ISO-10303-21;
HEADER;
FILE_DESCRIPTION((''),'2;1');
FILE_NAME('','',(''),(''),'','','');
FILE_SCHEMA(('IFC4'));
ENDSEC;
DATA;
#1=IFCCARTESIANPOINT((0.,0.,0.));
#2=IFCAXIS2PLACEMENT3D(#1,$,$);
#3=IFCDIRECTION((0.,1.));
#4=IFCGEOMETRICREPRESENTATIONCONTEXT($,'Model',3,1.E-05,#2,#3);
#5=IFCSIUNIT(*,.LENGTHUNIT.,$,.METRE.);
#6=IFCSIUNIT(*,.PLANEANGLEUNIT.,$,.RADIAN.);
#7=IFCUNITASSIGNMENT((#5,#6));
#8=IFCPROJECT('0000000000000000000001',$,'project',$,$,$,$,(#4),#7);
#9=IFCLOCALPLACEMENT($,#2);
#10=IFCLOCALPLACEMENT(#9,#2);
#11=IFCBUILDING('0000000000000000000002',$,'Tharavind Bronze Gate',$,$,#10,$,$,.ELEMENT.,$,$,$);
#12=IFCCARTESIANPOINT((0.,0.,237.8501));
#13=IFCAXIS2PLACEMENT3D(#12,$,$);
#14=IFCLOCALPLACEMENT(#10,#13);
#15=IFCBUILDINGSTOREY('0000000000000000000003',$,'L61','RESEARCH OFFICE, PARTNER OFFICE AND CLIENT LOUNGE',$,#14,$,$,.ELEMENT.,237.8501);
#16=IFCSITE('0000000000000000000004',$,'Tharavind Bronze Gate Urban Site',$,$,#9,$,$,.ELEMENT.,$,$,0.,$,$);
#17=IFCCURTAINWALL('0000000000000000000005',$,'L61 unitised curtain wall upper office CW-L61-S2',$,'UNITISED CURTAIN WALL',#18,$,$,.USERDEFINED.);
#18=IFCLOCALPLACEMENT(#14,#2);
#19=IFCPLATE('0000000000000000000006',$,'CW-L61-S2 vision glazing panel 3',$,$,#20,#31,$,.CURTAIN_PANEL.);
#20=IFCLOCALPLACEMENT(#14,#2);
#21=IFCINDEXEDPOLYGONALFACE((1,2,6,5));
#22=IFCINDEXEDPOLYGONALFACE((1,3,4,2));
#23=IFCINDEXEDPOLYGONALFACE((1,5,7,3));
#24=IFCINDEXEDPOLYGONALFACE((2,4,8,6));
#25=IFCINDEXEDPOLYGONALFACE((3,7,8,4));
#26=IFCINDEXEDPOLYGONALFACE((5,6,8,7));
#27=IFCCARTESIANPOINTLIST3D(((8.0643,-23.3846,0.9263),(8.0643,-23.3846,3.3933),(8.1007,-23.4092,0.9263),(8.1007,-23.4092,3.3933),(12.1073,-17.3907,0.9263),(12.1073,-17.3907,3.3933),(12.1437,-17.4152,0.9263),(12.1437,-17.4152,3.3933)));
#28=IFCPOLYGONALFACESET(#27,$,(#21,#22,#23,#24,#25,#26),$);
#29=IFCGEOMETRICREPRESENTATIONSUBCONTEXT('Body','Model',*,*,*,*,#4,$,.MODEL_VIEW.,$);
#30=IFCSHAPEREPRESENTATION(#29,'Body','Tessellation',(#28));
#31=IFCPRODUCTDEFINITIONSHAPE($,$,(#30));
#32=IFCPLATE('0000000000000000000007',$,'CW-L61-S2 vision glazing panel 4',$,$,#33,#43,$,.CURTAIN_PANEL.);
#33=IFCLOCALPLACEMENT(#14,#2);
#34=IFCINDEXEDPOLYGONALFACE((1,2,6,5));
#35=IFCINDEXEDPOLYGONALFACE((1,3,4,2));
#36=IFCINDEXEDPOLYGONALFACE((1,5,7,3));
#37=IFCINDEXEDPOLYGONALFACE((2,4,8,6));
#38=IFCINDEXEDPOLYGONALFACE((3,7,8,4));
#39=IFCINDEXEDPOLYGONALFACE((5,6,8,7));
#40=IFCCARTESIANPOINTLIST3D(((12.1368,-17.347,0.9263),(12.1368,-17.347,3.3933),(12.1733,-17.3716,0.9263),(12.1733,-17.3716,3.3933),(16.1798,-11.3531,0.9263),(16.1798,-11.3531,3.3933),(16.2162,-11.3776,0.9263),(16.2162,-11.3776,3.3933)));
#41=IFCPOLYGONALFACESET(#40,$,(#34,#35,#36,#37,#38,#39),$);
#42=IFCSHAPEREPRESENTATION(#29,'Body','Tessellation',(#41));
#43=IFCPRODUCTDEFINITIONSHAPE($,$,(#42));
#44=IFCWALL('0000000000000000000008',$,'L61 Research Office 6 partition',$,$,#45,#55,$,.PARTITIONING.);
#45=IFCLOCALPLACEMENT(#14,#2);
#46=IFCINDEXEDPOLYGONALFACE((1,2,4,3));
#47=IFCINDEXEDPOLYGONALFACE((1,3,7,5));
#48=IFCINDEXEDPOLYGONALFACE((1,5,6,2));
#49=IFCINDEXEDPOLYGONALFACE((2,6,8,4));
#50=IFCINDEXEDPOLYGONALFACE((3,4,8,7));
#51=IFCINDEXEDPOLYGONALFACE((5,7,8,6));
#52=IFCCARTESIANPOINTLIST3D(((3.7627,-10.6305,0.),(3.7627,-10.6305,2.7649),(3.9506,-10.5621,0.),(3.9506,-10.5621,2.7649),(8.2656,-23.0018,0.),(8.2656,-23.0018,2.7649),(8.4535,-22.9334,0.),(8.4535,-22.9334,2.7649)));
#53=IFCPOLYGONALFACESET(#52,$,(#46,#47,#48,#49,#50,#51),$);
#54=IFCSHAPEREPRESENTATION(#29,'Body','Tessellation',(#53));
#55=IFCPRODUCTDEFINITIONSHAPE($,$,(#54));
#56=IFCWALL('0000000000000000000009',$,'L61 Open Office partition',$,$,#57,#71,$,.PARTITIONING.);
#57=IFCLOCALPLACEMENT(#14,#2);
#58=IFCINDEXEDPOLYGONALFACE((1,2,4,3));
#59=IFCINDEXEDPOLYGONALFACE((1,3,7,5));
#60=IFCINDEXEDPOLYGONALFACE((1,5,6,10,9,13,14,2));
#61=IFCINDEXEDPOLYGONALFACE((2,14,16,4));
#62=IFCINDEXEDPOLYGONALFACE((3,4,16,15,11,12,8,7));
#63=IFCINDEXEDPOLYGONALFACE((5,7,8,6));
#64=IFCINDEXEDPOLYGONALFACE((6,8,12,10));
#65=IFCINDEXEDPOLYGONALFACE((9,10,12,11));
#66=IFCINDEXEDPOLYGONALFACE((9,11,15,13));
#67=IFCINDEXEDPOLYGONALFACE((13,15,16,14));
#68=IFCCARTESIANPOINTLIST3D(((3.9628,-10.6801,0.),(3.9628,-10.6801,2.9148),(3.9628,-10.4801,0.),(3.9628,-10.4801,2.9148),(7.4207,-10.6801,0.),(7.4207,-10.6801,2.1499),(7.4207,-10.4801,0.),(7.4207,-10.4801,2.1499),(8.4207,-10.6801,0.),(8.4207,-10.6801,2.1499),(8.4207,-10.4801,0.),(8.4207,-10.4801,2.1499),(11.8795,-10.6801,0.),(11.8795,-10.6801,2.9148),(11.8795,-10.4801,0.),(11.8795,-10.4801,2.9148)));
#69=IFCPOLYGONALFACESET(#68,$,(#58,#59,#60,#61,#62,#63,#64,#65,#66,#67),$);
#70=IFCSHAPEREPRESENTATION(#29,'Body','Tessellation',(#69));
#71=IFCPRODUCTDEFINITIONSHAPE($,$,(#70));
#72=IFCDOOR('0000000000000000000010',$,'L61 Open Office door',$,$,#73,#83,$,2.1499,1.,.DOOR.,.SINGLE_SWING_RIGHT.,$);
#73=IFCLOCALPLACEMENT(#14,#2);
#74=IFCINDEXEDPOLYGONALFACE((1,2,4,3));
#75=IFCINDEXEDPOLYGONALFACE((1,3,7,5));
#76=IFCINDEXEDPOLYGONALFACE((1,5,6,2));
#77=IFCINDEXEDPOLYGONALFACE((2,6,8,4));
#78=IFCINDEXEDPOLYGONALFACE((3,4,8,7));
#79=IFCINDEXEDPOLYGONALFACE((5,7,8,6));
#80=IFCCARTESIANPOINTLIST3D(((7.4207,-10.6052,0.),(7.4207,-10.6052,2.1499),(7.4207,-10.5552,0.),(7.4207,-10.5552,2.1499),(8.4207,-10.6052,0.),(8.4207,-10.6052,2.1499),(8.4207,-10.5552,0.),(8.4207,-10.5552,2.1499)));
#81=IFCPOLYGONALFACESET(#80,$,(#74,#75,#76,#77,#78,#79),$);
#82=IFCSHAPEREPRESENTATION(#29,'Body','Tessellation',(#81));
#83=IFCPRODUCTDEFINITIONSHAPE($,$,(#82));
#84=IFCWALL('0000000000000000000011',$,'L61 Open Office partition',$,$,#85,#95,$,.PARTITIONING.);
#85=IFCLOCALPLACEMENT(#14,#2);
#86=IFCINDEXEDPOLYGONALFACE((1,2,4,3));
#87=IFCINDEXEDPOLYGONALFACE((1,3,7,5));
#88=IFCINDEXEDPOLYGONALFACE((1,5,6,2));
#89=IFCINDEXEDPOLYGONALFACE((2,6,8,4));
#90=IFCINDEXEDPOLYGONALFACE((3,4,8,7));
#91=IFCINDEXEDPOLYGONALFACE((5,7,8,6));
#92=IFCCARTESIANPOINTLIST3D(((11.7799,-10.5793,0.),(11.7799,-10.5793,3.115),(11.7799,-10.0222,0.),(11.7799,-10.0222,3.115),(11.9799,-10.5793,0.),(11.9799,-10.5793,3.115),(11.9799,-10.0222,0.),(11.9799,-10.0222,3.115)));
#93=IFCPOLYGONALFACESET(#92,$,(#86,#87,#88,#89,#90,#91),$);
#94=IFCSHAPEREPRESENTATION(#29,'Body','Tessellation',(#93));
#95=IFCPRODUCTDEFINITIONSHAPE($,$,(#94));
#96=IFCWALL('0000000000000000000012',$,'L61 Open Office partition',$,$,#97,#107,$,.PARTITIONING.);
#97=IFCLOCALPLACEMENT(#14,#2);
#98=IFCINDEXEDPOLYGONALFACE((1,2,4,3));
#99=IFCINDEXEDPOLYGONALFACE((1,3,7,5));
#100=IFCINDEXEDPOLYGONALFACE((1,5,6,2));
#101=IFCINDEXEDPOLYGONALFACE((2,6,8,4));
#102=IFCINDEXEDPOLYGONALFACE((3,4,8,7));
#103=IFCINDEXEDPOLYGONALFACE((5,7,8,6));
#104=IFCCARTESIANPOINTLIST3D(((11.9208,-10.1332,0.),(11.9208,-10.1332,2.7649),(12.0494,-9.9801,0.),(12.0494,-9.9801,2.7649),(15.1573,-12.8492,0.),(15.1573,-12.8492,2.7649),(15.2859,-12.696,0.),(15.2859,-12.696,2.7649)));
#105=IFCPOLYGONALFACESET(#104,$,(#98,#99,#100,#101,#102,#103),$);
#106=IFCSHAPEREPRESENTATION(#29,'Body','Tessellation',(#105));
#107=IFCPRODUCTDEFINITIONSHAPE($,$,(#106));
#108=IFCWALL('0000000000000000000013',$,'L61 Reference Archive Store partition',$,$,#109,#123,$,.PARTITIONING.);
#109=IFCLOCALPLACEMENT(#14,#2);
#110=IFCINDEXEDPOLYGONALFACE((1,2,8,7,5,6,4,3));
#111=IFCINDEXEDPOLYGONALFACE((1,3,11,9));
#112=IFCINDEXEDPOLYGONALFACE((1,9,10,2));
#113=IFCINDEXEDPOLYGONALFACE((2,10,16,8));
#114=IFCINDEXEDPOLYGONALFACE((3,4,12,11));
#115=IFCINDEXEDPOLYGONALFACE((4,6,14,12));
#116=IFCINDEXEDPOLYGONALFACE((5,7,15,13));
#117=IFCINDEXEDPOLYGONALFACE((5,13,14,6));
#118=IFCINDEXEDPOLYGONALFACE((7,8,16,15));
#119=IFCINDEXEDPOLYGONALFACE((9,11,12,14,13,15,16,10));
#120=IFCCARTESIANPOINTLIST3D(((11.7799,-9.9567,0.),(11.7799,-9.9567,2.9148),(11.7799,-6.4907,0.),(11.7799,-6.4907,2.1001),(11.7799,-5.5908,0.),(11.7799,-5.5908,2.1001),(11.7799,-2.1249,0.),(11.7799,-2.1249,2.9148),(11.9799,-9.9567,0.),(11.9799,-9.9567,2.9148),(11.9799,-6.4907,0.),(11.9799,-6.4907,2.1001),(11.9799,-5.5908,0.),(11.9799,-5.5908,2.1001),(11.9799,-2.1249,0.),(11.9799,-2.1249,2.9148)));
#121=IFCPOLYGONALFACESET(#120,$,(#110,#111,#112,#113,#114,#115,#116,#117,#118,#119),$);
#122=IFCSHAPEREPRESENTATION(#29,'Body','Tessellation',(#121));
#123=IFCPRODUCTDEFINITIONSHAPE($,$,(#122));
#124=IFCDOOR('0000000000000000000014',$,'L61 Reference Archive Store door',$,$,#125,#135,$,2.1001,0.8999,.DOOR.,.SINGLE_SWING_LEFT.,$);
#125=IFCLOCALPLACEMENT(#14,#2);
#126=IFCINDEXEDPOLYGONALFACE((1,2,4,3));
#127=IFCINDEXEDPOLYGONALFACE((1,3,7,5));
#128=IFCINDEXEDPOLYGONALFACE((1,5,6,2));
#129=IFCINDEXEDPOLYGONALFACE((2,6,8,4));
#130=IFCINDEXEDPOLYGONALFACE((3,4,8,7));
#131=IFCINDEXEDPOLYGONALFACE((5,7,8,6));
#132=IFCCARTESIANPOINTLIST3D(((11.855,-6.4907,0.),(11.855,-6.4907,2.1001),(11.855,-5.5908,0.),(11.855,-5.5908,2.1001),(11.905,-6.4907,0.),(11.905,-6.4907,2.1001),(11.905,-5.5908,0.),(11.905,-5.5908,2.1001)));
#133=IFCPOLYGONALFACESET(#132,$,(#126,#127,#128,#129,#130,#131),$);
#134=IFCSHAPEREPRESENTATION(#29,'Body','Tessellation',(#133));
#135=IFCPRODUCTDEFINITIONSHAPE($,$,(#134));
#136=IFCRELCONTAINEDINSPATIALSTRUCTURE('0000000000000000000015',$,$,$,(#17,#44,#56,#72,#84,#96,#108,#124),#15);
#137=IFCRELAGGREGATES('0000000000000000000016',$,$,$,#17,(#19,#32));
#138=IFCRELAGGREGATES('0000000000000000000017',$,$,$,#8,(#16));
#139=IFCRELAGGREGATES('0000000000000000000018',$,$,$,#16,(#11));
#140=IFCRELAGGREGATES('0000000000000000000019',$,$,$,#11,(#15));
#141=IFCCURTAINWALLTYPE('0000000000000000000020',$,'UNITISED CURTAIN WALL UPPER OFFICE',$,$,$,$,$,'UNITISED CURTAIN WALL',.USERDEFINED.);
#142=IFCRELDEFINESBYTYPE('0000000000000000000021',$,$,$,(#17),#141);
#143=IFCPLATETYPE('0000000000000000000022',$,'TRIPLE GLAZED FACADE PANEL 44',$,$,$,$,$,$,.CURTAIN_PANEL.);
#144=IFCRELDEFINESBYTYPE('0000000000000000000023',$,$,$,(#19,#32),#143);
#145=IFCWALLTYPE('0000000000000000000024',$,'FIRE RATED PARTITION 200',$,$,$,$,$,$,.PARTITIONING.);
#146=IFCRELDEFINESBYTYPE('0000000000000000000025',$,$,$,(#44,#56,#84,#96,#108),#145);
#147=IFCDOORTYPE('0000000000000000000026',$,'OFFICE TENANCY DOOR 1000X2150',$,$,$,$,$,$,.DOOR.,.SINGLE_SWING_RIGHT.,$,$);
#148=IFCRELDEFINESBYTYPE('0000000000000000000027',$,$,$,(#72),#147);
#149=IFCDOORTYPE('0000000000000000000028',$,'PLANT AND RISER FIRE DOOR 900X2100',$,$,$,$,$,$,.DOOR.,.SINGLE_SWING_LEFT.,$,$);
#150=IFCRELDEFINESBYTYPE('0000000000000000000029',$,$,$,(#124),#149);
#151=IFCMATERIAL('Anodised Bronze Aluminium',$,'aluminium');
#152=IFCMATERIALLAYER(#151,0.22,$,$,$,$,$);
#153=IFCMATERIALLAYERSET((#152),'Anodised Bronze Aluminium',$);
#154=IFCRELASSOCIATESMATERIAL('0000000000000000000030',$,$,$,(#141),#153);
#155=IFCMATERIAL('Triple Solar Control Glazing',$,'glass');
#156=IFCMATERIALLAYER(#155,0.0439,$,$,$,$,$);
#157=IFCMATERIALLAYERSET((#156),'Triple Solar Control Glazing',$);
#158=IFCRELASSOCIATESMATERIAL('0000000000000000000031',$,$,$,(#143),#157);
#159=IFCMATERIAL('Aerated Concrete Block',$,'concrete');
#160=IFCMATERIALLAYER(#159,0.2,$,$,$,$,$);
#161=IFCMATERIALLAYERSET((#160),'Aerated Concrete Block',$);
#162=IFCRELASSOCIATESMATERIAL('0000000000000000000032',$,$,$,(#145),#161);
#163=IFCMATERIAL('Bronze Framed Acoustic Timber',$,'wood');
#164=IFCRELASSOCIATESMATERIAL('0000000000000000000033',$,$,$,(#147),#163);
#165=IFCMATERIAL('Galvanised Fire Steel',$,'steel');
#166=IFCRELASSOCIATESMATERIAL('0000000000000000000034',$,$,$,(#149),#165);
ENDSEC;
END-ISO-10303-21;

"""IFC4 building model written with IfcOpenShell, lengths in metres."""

from ifc_helpers import new_model, si_unit, direction, frame, frame_2d, origin, origin_2d, place, context, subcontext, project, spatial, rectangle, extrude, material, layer, layer_set, type_object, element, fill, aggregate, save


model = new_model("IFC4")

# Units and contexts
model_context = context("Model", 3, precision=1e-05, world=origin(), true_north=direction((0.0, 1.0)))
body_context = subcontext(model_context, "Body", "Model", "MODEL_VIEW")
ifc_project = project(units=[si_unit("LENGTHUNIT", "METRE"), si_unit("PLANEANGLEUNIT", "RADIAN")], contexts=[model_context])

# Site, building, storey
site_placement = place(None, origin())
site = spatial("IfcSite", under=ifc_project, at=site_placement, Name="Tharavind Bronze Gate Urban Site", CompositionType="ELEMENT", RefElevation=0.0)
building_placement = place(site_placement, origin())
building = spatial("IfcBuilding", under=site, at=building_placement, Name="Tharavind Bronze Gate", CompositionType="ELEMENT")
storey_placement = place(building_placement, frame((0.0, 0.0, 237.8501)))
storey = spatial("IfcBuildingStorey", under=building, at=storey_placement, Name="L61", Description="RESEARCH OFFICE, PARTNER OFFICE AND CLIENT LOUNGE", CompositionType="ELEMENT", Elevation=237.8501)

# Curtain wall
ifc_material_1 = material(Name="Anodised Bronze Aluminium", Category="aluminium")
ifc_layer_1 = layer(ifc_material_1, 0.22)
ifc_layer_set_1 = layer_set([ifc_layer_1], Name="Anodised Bronze Aluminium")
curtain_wall_type = type_object("IfcCurtainWallType", Name="UNITISED CURTAIN WALL UPPER OFFICE", ElementType="UNITISED CURTAIN WALL", PredefinedType="USERDEFINED", material=ifc_layer_set_1)
curtain_wall_placement = place(storey_placement, origin())
curtain_wall = element("IfcCurtainWall", 1, at=curtain_wall_placement, inside=storey, type_object=curtain_wall_type, Name="L61 unitised curtain wall upper office CW-L61-S2", ObjectType="UNITISED CURTAIN WALL", PredefinedType="USERDEFINED")

# Plates
ifc_material_2 = material(Name="Triple Solar Control Glazing", Category="glass")
ifc_layer_2 = layer(ifc_material_2, 0.0439)
ifc_layer_set_2 = layer_set([ifc_layer_2], Name="Triple Solar Control Glazing")
plate_type_1 = type_object("IfcPlateType", Name="TRIPLE GLAZED FACADE PANEL 44", PredefinedType="CURTAIN_PANEL", material=ifc_layer_set_2)
plate_1_placement = place(storey_placement, frame((10.104, -20.3999, 0.9263), z_axis=(0.0, 0.0, 1.0), x_axis=(0.559193, 0.829038, 0.0)))
plate_1 = element("IfcPlate", 2, at=plate_1_placement, type_object=plate_type_1, Name="CW-L61-S2 vision glazing panel 3", PredefinedType="CURTAIN_PANEL", context=body_context, shape_type="SweptSolid", body=[
    extrude(rectangle(XDim=7.23, YDim=0.0439, at=origin_2d()), origin(), (0.0, 0.0, 1.0), 2.467),
])
plate_2_placement = place(storey_placement, frame((14.1765, -14.3623, 0.9263), z_axis=(0.0, 0.0, 1.0), x_axis=(0.559193, 0.829038, 0.0)))
plate_2 = element("IfcPlate", 3, at=plate_2_placement, type_object=plate_type_1, Name="CW-L61-S2 vision glazing panel 4", PredefinedType="CURTAIN_PANEL", context=body_context, shape_type="SweptSolid", body=[
    extrude(rectangle(XDim=7.23, YDim=0.0439, at=origin_2d()), origin(), (0.0, 0.0, 1.0), 2.467),
])
aggregate(curtain_wall, [plate_1, plate_2])

# Wall
ifc_material_3 = material(Name="Aerated Concrete Block", Category="concrete")
ifc_layer_3 = layer(ifc_material_3, 0.2)
ifc_layer_set_3 = layer_set([ifc_layer_3], Name="Aerated Concrete Block")
wall_type = type_object("IfcWallType", Name="FIRE RATED PARTITION 200", PredefinedType="PARTITIONING", material=ifc_layer_set_3)
wall_1_placement = place(storey_placement, frame((3.8567, -10.5964, 0.0), z_axis=(0.0, 0.0, 1.0), x_axis=(0.342029, -0.939689, 0.0)))
element("IfcWall", 4, at=wall_1_placement, inside=storey, type_object=wall_type, Name="L61 Research Office 6 partition", PredefinedType="PARTITIONING", context=body_context, shape_type="SweptSolid", body=[
    extrude(rectangle(XDim=13.1653, YDim=0.2, at=frame_2d((6.5825, 0.0))), origin(), (0.0, 0.0, 1.0), 2.7649),
])

# Wall, opening, door
wall_2_placement = place(storey_placement, frame((3.9626, -10.5801, 0.0), z_axis=(0.0, 0.0, 1.0), x_axis=(1.0, 0.0, 0.0)))
wall_2 = element("IfcWall", 5, at=wall_2_placement, inside=storey, type_object=wall_type, Name="L61 Open Office partition", PredefinedType="PARTITIONING", context=body_context, shape_type="SweptSolid", body=[
    extrude(rectangle(XDim=7.9167, YDim=0.2, at=frame_2d((3.9585, 0.0))), origin(), (0.0, 0.0, 1.0), 2.9148),
])
opening_1_placement = place(wall_2_placement, frame((3.458, 0.0, 0.0)))
opening_1 = element("IfcOpeningElement", 6, at=opening_1_placement, cuts=wall_2, PredefinedType="OPENING", context=body_context, shape_type="SweptSolid", body=[
    extrude(rectangle(XDim=1.0, YDim=2.1499, at=frame_2d((0.5, 1.075))), frame((0.0, 0.1101, 0.0), z_axis=(0.0, -1.0, 0.0), x_axis=(1.0, 0.0, 0.0)), (0.0, 0.0, 1.0), 0.22),
])
ifc_material_4 = material(Name="Bronze Framed Acoustic Timber", Category="wood")
door_type_1 = type_object("IfcDoorType", Name="OFFICE TENANCY DOOR 1000X2150", OperationType="SINGLE_SWING_RIGHT", PredefinedType="DOOR", material=ifc_material_4)
door_1_placement = place(opening_1_placement, origin())
door_1 = element("IfcDoor", 7, at=door_1_placement, inside=storey, type_object=door_type_1, Name="L61 Open Office door", OperationType="SINGLE_SWING_RIGHT", OverallHeight=2.1499, OverallWidth=1.0, PredefinedType="DOOR", context=body_context, shape_type="SweptSolid", body=[
    extrude(rectangle(XDim=1.0, YDim=2.1499, at=frame_2d((0.5, 1.075))), frame((0.0, 0.0249, 0.0), z_axis=(0.0, -1.0, 0.0), x_axis=(1.0, 0.0, 0.0)), (0.0, 0.0, 1.0), 0.05),
])
fill(opening_1, door_1)

# Walls
wall_3_placement = place(storey_placement, frame((11.8799, -10.5793, 0.0), z_axis=(0.0, 0.0, 1.0), x_axis=(0.0, 1.0, 0.0)))
element("IfcWall", 8, at=wall_3_placement, inside=storey, type_object=wall_type, Name="L61 Open Office partition", PredefinedType="PARTITIONING", context=body_context, shape_type="SweptSolid", body=[
    extrude(rectangle(XDim=0.5571, YDim=0.2, at=frame_2d((0.2786, 0.0))), origin(), (0.0, 0.0, 1.0), 3.115),
])
wall_4_placement = place(storey_placement, frame((11.9851, -10.0566, 0.0), z_axis=(0.0, 0.0, 1.0), x_axis=(0.766014, -0.642823, 0.0)))
element("IfcWall", 9, at=wall_4_placement, inside=storey, type_object=wall_type, Name="L61 Open Office partition", PredefinedType="PARTITIONING", context=body_context, shape_type="SweptSolid", body=[
    extrude(rectangle(XDim=4.2251, YDim=0.2, at=frame_2d((2.1125, 0.0))), origin(), (0.0, 0.0, 1.0), 2.7649),
])

# Wall, opening, door
wall_5_placement = place(storey_placement, frame((11.8799, -9.9568, 0.0), z_axis=(0.0, 0.0, 1.0), x_axis=(0.0, 1.0, 0.0)))
wall_5 = element("IfcWall", 10, at=wall_5_placement, inside=storey, type_object=wall_type, Name="L61 Reference Archive Store partition", PredefinedType="PARTITIONING", context=body_context, shape_type="SweptSolid", body=[
    extrude(rectangle(XDim=7.8318, YDim=0.2, at=frame_2d((3.916, 0.0))), origin(), (0.0, 0.0, 1.0), 2.9148),
])
opening_2_placement = place(wall_5_placement, frame((3.4661, 0.0, 0.0)))
opening_2 = element("IfcOpeningElement", 11, at=opening_2_placement, cuts=wall_5, PredefinedType="OPENING", context=body_context, shape_type="SweptSolid", body=[
    extrude(rectangle(XDim=0.8999, YDim=2.1001, at=frame_2d((0.45, 1.05))), frame((0.0, 0.1101, 0.0), z_axis=(0.0, -1.0, 0.0), x_axis=(1.0, 0.0, 0.0)), (0.0, 0.0, 1.0), 0.22),
])
ifc_material_5 = material(Name="Galvanised Fire Steel", Category="steel")
door_type_2 = type_object("IfcDoorType", Name="PLANT AND RISER FIRE DOOR 900X2100", OperationType="SINGLE_SWING_LEFT", PredefinedType="DOOR", material=ifc_material_5)
door_2_placement = place(opening_2_placement, origin())
door_2 = element("IfcDoor", 12, at=door_2_placement, inside=storey, type_object=door_type_2, Name="L61 Reference Archive Store door", OperationType="SINGLE_SWING_LEFT", OverallHeight=2.1001, OverallWidth=0.8999, PredefinedType="DOOR", context=body_context, shape_type="SweptSolid", body=[
    extrude(rectangle(XDim=0.8999, YDim=2.1001, at=frame_2d((0.45, 1.05))), frame((0.0, 0.0249, 0.0), z_axis=(0.0, -1.0, 0.0), x_axis=(1.0, 0.0, 0.0)), (0.0, 0.0, 1.0), 0.05),
])
fill(opening_2, door_2)

save(model, "model.ifc")
